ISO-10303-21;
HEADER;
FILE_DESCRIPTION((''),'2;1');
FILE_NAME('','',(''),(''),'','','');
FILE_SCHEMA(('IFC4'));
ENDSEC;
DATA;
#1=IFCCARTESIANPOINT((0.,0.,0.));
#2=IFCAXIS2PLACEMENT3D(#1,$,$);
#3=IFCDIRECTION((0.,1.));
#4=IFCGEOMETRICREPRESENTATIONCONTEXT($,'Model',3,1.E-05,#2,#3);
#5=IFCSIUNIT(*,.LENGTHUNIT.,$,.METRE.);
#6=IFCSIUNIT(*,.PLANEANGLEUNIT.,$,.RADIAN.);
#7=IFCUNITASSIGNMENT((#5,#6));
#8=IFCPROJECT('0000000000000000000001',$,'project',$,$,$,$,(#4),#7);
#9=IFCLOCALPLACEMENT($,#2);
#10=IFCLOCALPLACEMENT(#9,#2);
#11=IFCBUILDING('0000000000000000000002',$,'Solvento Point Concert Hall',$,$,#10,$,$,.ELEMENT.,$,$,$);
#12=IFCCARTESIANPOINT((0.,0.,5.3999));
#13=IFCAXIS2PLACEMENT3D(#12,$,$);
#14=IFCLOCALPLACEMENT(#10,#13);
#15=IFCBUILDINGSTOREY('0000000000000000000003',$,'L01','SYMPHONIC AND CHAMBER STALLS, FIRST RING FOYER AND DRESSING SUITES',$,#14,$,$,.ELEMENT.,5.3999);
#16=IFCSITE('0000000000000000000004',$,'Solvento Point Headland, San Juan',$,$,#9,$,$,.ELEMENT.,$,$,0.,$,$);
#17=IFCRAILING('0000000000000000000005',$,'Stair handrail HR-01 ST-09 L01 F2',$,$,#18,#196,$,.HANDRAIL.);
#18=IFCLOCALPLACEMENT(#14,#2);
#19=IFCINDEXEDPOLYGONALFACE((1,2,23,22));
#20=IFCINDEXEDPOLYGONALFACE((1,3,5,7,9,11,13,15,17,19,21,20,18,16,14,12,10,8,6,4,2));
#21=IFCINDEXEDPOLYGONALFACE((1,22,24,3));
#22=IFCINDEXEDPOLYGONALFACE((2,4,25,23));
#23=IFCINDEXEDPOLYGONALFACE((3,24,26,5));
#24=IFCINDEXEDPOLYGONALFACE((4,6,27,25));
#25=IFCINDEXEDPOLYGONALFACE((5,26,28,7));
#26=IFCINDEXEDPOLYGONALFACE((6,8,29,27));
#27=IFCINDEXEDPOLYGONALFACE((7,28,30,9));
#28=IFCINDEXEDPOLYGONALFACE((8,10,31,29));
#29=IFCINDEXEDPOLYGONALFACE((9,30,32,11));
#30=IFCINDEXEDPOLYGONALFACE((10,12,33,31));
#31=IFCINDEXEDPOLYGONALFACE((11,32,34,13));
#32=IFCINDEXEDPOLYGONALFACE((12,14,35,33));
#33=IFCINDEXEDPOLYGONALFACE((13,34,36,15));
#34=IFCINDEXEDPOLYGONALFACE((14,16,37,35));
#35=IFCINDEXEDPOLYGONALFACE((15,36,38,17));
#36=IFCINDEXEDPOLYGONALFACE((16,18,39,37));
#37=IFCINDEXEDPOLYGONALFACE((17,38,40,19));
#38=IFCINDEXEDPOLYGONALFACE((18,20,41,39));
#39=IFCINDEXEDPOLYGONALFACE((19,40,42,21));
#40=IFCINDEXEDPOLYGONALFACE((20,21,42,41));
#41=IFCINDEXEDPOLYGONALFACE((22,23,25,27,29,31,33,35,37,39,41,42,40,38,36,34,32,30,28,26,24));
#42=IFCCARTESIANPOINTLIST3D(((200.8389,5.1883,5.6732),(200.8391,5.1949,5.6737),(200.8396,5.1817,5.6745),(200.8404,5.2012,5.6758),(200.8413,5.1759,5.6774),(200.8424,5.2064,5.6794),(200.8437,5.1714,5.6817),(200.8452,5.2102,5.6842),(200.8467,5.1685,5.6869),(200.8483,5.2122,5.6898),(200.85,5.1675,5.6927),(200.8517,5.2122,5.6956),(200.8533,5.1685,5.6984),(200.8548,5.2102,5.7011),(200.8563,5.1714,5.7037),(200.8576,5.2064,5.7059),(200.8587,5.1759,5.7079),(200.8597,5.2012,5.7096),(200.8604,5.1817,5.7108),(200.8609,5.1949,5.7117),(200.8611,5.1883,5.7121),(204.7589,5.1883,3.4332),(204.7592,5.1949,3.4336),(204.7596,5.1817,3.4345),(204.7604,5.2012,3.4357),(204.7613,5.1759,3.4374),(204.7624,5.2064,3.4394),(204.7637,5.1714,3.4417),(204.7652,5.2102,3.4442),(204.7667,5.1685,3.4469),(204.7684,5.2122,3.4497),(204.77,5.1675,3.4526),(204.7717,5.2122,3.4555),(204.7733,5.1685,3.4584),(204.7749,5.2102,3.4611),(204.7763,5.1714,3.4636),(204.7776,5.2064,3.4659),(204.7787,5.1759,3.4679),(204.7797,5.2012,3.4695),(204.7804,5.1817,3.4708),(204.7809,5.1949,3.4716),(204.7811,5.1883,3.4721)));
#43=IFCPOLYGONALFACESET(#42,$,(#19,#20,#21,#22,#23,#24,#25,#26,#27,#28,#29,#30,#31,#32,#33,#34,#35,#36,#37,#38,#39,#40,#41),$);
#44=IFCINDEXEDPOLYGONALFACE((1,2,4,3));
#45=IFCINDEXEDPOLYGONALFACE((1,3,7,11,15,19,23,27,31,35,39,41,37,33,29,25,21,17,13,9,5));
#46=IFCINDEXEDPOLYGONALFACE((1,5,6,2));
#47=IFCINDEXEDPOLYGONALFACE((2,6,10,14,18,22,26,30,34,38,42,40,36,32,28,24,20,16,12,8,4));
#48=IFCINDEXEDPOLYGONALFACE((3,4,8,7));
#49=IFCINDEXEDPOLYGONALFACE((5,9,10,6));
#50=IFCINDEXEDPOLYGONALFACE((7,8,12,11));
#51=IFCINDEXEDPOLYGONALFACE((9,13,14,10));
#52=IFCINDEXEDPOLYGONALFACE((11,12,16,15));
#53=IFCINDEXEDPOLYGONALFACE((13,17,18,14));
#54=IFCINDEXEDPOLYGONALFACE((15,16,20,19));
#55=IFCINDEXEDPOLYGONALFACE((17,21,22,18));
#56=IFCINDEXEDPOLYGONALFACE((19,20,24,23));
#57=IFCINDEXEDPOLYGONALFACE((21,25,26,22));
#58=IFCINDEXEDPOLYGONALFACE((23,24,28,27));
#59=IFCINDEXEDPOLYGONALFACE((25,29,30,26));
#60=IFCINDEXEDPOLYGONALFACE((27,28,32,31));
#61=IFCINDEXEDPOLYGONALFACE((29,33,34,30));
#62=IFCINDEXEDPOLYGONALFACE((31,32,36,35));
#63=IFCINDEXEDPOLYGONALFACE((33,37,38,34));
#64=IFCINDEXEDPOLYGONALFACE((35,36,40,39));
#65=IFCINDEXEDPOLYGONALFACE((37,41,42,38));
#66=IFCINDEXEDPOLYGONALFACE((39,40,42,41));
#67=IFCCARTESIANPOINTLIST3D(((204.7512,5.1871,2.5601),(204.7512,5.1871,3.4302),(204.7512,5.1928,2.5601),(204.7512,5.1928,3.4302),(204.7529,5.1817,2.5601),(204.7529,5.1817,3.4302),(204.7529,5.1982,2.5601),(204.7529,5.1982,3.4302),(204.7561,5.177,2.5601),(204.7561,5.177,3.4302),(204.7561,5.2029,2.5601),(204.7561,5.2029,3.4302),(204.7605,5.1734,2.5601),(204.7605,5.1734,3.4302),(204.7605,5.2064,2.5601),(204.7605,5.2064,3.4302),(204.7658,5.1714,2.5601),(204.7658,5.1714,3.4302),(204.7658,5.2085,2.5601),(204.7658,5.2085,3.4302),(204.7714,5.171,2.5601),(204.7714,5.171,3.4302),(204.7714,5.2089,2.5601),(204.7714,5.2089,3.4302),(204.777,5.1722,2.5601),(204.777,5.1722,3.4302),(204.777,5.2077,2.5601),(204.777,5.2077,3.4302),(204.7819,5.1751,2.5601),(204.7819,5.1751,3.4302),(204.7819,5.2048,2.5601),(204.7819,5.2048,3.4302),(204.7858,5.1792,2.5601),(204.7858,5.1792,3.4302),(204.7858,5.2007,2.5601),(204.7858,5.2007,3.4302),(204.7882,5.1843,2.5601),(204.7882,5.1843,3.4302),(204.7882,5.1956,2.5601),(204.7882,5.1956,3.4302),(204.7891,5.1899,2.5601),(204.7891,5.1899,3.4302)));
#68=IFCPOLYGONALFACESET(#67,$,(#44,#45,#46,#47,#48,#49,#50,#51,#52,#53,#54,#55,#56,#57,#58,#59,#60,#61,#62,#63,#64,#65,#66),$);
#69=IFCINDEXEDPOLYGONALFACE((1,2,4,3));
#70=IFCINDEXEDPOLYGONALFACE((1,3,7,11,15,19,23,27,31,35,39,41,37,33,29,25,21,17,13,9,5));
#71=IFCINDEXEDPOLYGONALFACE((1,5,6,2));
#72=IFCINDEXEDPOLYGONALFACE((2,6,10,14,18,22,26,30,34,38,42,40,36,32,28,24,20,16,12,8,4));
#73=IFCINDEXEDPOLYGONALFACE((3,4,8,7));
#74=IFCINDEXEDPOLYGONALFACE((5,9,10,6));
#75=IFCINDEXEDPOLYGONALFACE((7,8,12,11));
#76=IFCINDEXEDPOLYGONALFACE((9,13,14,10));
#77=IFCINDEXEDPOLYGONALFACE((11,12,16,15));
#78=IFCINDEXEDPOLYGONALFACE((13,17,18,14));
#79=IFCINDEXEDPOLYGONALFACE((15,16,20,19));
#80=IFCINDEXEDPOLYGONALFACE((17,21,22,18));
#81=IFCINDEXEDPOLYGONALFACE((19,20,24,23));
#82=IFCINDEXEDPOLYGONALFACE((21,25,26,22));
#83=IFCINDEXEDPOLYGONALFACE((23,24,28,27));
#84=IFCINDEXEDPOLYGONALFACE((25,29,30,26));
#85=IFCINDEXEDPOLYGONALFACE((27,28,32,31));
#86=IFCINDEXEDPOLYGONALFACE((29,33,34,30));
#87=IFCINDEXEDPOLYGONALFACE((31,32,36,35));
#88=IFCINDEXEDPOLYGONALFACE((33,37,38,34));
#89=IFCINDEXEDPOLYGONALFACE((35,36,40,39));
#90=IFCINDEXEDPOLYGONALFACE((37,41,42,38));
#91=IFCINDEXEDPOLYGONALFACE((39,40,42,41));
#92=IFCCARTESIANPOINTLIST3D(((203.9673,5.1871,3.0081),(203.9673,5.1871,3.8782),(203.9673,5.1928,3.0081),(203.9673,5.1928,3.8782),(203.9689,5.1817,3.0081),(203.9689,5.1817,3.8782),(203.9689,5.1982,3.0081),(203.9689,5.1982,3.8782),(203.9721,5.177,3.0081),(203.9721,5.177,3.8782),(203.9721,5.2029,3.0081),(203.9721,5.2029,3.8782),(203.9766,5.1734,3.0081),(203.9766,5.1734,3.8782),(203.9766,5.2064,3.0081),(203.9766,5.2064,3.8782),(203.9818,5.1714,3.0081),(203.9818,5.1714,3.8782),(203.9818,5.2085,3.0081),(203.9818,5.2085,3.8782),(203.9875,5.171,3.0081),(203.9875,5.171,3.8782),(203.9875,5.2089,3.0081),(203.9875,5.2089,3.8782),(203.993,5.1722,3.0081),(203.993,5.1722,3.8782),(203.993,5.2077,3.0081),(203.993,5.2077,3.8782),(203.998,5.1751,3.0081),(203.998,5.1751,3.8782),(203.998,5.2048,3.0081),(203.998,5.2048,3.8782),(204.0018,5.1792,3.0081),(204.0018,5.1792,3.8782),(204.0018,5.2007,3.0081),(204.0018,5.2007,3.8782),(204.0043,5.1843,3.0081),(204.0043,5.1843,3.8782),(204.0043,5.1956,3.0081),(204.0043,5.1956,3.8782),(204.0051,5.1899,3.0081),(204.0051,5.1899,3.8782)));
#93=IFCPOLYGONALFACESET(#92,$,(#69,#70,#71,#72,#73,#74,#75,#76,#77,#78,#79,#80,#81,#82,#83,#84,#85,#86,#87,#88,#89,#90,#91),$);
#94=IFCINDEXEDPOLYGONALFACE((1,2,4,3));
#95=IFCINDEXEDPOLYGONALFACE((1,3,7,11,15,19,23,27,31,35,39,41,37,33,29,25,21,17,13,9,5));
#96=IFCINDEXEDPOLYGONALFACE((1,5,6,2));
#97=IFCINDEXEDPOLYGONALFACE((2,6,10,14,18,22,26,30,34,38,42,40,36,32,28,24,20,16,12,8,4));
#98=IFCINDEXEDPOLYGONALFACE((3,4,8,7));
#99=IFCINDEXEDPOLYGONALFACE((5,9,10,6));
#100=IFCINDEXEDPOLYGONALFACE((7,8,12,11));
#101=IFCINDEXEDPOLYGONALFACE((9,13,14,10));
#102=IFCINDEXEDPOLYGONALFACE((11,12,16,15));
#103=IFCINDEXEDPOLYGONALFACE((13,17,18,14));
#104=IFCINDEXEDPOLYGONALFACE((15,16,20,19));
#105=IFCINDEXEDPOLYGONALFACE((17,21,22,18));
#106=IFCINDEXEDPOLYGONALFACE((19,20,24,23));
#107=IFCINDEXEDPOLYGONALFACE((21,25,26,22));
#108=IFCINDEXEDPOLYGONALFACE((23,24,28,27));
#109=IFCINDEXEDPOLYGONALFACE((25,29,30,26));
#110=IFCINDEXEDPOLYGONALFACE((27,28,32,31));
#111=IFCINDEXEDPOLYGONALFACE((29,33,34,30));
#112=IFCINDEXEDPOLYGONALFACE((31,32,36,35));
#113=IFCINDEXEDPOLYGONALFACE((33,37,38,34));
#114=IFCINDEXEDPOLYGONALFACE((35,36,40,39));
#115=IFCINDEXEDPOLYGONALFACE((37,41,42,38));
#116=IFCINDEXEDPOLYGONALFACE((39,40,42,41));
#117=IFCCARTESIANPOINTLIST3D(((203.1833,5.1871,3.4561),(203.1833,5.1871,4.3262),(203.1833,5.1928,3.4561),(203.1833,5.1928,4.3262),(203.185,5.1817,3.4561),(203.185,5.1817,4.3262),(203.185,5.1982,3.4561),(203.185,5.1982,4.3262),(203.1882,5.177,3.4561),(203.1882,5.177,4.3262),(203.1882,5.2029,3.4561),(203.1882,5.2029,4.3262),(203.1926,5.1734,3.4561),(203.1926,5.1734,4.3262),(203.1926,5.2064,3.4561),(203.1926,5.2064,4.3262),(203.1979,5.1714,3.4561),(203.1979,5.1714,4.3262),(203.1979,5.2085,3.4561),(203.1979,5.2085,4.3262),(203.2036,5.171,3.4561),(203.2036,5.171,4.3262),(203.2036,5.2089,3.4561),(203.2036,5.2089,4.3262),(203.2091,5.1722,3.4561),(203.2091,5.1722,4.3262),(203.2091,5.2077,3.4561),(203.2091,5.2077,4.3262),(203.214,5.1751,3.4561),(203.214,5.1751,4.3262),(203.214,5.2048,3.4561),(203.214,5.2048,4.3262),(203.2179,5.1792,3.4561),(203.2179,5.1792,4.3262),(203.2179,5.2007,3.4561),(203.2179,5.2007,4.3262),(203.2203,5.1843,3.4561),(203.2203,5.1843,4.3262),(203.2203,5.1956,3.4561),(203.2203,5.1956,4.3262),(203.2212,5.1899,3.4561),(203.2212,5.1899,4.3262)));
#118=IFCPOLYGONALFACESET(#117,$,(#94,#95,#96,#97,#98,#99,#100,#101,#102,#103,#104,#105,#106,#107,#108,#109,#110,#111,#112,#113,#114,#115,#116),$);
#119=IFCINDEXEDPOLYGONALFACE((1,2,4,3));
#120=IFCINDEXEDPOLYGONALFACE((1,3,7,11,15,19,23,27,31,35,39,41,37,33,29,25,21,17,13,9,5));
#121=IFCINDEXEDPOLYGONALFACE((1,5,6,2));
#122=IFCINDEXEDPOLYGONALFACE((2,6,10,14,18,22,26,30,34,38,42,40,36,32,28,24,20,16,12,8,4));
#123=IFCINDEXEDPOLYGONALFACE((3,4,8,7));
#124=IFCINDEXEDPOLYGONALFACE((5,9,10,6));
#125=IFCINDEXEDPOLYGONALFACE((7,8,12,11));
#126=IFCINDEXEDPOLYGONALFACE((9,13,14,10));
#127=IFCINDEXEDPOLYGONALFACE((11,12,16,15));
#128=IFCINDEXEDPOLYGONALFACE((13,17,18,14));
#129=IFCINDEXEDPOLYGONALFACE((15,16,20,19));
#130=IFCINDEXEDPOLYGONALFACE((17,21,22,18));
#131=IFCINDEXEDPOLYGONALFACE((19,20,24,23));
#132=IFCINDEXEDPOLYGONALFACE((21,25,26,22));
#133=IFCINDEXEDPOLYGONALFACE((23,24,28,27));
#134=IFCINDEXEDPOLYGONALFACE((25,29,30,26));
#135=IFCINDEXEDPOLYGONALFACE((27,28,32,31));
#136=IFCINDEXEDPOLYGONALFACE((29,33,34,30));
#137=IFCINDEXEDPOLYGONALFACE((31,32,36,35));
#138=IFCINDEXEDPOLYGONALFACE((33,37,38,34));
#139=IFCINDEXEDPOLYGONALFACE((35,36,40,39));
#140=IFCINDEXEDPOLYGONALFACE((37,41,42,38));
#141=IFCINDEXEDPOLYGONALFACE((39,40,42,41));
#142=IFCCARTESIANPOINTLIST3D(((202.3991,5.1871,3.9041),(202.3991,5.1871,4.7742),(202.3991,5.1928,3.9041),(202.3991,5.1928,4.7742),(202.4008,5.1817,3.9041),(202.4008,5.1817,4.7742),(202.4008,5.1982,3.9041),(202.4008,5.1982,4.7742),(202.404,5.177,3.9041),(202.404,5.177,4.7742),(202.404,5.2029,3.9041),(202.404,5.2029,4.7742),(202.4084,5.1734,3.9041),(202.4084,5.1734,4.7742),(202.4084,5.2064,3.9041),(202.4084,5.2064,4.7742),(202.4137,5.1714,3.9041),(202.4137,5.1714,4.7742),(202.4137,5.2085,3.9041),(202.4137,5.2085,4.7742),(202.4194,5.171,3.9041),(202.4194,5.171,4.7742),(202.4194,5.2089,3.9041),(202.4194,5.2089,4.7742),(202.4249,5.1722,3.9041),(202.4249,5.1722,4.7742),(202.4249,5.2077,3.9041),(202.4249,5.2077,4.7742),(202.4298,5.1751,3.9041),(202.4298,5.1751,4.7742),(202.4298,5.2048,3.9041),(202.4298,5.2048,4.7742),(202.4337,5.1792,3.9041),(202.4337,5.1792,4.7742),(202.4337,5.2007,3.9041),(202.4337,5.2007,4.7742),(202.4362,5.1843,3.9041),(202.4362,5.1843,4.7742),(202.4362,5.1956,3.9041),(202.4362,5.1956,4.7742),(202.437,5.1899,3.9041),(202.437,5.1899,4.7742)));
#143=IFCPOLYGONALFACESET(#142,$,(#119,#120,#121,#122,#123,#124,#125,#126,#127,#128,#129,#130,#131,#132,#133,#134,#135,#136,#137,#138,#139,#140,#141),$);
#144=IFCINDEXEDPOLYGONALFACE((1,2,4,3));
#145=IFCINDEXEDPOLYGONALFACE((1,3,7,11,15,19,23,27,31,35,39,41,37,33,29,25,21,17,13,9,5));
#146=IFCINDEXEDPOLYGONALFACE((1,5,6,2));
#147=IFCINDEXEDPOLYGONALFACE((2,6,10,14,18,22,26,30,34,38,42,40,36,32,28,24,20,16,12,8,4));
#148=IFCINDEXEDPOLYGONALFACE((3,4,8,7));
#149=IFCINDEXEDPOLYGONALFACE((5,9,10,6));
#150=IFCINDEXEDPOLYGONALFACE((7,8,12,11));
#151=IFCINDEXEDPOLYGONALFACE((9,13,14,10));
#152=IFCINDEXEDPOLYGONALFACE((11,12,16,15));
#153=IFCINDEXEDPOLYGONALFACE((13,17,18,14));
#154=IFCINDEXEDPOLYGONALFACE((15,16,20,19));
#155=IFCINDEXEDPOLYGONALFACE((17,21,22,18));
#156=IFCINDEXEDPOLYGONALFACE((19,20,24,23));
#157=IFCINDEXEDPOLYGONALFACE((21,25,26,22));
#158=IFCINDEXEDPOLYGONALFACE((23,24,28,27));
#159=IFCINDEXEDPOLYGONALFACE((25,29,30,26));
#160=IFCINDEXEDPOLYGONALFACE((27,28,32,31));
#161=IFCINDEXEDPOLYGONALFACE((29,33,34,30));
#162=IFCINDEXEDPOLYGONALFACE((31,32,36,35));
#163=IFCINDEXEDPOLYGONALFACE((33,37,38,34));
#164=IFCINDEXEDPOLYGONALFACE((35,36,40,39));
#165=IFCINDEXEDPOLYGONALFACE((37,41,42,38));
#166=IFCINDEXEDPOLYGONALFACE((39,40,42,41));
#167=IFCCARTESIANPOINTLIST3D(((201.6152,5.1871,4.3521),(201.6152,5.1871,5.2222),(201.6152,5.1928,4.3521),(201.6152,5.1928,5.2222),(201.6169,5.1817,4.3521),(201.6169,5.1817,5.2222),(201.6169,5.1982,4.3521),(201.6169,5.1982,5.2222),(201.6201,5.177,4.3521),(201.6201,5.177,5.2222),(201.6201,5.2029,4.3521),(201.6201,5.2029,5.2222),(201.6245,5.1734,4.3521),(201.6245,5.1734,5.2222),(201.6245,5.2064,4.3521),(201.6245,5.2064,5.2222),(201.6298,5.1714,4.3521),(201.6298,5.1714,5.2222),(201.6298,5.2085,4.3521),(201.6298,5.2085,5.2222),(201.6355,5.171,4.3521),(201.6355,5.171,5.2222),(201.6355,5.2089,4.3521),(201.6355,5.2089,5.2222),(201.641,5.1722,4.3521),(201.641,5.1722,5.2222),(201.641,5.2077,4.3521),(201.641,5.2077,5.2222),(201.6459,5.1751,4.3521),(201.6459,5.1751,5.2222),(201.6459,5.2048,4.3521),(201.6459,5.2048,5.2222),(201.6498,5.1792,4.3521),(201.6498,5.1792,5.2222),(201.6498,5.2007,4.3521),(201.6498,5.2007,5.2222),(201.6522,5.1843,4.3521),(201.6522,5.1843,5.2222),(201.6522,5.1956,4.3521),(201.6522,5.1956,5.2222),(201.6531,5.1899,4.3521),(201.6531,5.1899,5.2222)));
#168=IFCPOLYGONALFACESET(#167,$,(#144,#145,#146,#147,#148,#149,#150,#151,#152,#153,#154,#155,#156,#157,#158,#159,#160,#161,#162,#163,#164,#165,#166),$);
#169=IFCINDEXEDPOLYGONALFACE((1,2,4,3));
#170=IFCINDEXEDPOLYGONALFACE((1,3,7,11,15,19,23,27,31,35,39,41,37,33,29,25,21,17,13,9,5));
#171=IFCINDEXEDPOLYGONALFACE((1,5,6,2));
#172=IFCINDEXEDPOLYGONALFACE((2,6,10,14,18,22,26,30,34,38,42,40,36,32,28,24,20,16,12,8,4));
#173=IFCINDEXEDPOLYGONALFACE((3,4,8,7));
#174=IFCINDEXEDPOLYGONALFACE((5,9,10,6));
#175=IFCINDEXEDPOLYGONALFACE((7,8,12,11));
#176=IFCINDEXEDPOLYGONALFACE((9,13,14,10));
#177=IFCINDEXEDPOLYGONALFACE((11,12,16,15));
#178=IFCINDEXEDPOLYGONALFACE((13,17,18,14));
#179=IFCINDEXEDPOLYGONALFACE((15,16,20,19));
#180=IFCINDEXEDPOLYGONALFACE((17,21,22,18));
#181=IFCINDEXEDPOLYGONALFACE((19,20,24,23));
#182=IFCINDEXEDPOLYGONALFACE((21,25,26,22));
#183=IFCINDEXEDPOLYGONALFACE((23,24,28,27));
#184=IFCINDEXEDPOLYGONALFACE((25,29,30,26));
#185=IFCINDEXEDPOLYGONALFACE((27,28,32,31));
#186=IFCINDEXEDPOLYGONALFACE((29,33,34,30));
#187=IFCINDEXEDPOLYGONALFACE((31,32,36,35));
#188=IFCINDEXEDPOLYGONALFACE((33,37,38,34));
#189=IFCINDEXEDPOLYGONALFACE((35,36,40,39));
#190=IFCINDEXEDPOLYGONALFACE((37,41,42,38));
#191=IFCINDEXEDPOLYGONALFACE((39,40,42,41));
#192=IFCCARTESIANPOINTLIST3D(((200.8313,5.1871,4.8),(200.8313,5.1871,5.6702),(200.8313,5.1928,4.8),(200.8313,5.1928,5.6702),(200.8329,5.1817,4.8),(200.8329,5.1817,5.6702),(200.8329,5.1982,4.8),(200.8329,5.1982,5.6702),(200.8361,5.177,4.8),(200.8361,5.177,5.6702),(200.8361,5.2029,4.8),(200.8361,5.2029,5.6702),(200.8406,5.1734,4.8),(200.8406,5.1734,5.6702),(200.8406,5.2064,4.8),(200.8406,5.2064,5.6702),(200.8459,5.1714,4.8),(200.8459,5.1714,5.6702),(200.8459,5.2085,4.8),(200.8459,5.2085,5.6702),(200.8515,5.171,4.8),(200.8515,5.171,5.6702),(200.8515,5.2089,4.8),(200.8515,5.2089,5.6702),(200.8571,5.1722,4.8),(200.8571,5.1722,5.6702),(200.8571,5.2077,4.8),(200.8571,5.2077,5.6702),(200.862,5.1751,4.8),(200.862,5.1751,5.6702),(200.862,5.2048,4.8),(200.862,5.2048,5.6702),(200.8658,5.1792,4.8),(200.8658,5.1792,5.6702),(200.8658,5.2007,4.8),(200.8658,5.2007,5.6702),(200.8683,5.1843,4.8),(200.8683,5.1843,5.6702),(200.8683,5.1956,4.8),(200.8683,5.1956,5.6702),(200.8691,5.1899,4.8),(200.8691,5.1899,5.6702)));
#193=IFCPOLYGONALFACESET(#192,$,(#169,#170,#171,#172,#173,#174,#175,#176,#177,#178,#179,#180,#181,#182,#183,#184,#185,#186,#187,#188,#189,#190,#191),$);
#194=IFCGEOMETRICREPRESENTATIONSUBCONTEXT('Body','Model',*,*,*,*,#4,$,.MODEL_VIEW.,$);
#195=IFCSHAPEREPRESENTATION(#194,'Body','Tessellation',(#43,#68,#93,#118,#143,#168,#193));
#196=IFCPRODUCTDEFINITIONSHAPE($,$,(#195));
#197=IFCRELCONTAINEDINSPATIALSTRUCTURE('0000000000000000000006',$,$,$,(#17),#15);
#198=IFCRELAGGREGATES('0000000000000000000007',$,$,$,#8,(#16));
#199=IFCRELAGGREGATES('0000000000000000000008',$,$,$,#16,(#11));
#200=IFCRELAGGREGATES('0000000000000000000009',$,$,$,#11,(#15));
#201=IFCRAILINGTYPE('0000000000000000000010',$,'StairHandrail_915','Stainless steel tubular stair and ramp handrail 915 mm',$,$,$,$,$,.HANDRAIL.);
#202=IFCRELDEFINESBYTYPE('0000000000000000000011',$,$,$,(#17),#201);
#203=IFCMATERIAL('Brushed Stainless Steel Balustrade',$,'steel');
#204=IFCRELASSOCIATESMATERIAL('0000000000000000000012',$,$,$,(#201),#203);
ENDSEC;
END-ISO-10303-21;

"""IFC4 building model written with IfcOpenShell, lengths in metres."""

from ifc_helpers import new_model, si_unit, direction, frame, origin, origin_2d, place, context, subcontext, project, spatial, circle, extrude, material, type_object, element, save


model = new_model("IFC4")

# Units and contexts
model_context = context("Model", 3, precision=1e-05, world=origin(), true_north=direction((0.0, 1.0)))
body_context = subcontext(model_context, "Body", "Model", "MODEL_VIEW")
ifc_project = project(units=[si_unit("LENGTHUNIT", "METRE"), si_unit("PLANEANGLEUNIT", "RADIAN")], contexts=[model_context])

# Site, building, storey
site_placement = place(None, origin())
site = spatial("IfcSite", under=ifc_project, at=site_placement, Name="Solvento Point Headland, San Juan", CompositionType="ELEMENT", RefElevation=0.0)
building_placement = place(site_placement, origin())
building = spatial("IfcBuilding", under=site, at=building_placement, Name="Solvento Point Concert Hall", CompositionType="ELEMENT")
storey_placement = place(building_placement, frame((0.0, 0.0, 5.3999)))
storey = spatial("IfcBuildingStorey", under=building, at=storey_placement, Name="L01", Description="SYMPHONIC AND CHAMBER STALLS, FIRST RING FOYER AND DRESSING SUITES", CompositionType="ELEMENT", Elevation=5.3999)

# Railing
ifc_material_1 = material(Name="Brushed Stainless Steel Balustrade", Category="steel")
railing_type_1 = type_object("IfcRailingType", Name="StairHandrail_915", Description="Stainless steel tubular stair and ramp handrail 915 mm", PredefinedType="HANDRAIL", material=ifc_material_1)
railing_1_placement = place(storey_placement, frame((204.77, 5.1899, 2.5601)))
element("IfcRailing", 1, at=railing_1_placement, inside=storey, type_object=railing_type_1, Name="Stair handrail HR-01 ST-09 L01 F2", PredefinedType="HANDRAIL", context=body_context, shape_type="SweptSolid", body=[
    extrude(circle(Radius=0.0225, at=origin_2d()), frame((0.0, 0.0, 0.8926), z_axis=(-0.86824, 0.0, 0.496145), x_axis=(0.0, -1.0, 0.0)), (0.0, 0.0, 1.0), 4.5149),
    extrude(circle(Radius=0.019, at=origin_2d()), origin(), (0.0, 0.0, 1.0), 0.8701),
    extrude(circle(Radius=0.019, at=origin_2d()), frame((-0.7839, 0.0, 0.448)), (0.0, 0.0, 1.0), 0.8701),
    extrude(circle(Radius=0.019, at=origin_2d()), frame((-1.5679, 0.0, 0.896)), (0.0, 0.0, 1.0), 0.8701),
    extrude(circle(Radius=0.019, at=origin_2d()), frame((-2.3521, 0.0, 1.344)), (0.0, 0.0, 1.0), 0.8701),
    extrude(circle(Radius=0.019, at=origin_2d()), frame((-3.136, 0.0, 1.792)), (0.0, 0.0, 1.0), 0.8701),
    extrude(circle(Radius=0.019, at=origin_2d()), frame((-3.9199, 0.0, 2.24)), (0.0, 0.0, 1.0), 0.8701),
])

save(model, "model.ifc")
